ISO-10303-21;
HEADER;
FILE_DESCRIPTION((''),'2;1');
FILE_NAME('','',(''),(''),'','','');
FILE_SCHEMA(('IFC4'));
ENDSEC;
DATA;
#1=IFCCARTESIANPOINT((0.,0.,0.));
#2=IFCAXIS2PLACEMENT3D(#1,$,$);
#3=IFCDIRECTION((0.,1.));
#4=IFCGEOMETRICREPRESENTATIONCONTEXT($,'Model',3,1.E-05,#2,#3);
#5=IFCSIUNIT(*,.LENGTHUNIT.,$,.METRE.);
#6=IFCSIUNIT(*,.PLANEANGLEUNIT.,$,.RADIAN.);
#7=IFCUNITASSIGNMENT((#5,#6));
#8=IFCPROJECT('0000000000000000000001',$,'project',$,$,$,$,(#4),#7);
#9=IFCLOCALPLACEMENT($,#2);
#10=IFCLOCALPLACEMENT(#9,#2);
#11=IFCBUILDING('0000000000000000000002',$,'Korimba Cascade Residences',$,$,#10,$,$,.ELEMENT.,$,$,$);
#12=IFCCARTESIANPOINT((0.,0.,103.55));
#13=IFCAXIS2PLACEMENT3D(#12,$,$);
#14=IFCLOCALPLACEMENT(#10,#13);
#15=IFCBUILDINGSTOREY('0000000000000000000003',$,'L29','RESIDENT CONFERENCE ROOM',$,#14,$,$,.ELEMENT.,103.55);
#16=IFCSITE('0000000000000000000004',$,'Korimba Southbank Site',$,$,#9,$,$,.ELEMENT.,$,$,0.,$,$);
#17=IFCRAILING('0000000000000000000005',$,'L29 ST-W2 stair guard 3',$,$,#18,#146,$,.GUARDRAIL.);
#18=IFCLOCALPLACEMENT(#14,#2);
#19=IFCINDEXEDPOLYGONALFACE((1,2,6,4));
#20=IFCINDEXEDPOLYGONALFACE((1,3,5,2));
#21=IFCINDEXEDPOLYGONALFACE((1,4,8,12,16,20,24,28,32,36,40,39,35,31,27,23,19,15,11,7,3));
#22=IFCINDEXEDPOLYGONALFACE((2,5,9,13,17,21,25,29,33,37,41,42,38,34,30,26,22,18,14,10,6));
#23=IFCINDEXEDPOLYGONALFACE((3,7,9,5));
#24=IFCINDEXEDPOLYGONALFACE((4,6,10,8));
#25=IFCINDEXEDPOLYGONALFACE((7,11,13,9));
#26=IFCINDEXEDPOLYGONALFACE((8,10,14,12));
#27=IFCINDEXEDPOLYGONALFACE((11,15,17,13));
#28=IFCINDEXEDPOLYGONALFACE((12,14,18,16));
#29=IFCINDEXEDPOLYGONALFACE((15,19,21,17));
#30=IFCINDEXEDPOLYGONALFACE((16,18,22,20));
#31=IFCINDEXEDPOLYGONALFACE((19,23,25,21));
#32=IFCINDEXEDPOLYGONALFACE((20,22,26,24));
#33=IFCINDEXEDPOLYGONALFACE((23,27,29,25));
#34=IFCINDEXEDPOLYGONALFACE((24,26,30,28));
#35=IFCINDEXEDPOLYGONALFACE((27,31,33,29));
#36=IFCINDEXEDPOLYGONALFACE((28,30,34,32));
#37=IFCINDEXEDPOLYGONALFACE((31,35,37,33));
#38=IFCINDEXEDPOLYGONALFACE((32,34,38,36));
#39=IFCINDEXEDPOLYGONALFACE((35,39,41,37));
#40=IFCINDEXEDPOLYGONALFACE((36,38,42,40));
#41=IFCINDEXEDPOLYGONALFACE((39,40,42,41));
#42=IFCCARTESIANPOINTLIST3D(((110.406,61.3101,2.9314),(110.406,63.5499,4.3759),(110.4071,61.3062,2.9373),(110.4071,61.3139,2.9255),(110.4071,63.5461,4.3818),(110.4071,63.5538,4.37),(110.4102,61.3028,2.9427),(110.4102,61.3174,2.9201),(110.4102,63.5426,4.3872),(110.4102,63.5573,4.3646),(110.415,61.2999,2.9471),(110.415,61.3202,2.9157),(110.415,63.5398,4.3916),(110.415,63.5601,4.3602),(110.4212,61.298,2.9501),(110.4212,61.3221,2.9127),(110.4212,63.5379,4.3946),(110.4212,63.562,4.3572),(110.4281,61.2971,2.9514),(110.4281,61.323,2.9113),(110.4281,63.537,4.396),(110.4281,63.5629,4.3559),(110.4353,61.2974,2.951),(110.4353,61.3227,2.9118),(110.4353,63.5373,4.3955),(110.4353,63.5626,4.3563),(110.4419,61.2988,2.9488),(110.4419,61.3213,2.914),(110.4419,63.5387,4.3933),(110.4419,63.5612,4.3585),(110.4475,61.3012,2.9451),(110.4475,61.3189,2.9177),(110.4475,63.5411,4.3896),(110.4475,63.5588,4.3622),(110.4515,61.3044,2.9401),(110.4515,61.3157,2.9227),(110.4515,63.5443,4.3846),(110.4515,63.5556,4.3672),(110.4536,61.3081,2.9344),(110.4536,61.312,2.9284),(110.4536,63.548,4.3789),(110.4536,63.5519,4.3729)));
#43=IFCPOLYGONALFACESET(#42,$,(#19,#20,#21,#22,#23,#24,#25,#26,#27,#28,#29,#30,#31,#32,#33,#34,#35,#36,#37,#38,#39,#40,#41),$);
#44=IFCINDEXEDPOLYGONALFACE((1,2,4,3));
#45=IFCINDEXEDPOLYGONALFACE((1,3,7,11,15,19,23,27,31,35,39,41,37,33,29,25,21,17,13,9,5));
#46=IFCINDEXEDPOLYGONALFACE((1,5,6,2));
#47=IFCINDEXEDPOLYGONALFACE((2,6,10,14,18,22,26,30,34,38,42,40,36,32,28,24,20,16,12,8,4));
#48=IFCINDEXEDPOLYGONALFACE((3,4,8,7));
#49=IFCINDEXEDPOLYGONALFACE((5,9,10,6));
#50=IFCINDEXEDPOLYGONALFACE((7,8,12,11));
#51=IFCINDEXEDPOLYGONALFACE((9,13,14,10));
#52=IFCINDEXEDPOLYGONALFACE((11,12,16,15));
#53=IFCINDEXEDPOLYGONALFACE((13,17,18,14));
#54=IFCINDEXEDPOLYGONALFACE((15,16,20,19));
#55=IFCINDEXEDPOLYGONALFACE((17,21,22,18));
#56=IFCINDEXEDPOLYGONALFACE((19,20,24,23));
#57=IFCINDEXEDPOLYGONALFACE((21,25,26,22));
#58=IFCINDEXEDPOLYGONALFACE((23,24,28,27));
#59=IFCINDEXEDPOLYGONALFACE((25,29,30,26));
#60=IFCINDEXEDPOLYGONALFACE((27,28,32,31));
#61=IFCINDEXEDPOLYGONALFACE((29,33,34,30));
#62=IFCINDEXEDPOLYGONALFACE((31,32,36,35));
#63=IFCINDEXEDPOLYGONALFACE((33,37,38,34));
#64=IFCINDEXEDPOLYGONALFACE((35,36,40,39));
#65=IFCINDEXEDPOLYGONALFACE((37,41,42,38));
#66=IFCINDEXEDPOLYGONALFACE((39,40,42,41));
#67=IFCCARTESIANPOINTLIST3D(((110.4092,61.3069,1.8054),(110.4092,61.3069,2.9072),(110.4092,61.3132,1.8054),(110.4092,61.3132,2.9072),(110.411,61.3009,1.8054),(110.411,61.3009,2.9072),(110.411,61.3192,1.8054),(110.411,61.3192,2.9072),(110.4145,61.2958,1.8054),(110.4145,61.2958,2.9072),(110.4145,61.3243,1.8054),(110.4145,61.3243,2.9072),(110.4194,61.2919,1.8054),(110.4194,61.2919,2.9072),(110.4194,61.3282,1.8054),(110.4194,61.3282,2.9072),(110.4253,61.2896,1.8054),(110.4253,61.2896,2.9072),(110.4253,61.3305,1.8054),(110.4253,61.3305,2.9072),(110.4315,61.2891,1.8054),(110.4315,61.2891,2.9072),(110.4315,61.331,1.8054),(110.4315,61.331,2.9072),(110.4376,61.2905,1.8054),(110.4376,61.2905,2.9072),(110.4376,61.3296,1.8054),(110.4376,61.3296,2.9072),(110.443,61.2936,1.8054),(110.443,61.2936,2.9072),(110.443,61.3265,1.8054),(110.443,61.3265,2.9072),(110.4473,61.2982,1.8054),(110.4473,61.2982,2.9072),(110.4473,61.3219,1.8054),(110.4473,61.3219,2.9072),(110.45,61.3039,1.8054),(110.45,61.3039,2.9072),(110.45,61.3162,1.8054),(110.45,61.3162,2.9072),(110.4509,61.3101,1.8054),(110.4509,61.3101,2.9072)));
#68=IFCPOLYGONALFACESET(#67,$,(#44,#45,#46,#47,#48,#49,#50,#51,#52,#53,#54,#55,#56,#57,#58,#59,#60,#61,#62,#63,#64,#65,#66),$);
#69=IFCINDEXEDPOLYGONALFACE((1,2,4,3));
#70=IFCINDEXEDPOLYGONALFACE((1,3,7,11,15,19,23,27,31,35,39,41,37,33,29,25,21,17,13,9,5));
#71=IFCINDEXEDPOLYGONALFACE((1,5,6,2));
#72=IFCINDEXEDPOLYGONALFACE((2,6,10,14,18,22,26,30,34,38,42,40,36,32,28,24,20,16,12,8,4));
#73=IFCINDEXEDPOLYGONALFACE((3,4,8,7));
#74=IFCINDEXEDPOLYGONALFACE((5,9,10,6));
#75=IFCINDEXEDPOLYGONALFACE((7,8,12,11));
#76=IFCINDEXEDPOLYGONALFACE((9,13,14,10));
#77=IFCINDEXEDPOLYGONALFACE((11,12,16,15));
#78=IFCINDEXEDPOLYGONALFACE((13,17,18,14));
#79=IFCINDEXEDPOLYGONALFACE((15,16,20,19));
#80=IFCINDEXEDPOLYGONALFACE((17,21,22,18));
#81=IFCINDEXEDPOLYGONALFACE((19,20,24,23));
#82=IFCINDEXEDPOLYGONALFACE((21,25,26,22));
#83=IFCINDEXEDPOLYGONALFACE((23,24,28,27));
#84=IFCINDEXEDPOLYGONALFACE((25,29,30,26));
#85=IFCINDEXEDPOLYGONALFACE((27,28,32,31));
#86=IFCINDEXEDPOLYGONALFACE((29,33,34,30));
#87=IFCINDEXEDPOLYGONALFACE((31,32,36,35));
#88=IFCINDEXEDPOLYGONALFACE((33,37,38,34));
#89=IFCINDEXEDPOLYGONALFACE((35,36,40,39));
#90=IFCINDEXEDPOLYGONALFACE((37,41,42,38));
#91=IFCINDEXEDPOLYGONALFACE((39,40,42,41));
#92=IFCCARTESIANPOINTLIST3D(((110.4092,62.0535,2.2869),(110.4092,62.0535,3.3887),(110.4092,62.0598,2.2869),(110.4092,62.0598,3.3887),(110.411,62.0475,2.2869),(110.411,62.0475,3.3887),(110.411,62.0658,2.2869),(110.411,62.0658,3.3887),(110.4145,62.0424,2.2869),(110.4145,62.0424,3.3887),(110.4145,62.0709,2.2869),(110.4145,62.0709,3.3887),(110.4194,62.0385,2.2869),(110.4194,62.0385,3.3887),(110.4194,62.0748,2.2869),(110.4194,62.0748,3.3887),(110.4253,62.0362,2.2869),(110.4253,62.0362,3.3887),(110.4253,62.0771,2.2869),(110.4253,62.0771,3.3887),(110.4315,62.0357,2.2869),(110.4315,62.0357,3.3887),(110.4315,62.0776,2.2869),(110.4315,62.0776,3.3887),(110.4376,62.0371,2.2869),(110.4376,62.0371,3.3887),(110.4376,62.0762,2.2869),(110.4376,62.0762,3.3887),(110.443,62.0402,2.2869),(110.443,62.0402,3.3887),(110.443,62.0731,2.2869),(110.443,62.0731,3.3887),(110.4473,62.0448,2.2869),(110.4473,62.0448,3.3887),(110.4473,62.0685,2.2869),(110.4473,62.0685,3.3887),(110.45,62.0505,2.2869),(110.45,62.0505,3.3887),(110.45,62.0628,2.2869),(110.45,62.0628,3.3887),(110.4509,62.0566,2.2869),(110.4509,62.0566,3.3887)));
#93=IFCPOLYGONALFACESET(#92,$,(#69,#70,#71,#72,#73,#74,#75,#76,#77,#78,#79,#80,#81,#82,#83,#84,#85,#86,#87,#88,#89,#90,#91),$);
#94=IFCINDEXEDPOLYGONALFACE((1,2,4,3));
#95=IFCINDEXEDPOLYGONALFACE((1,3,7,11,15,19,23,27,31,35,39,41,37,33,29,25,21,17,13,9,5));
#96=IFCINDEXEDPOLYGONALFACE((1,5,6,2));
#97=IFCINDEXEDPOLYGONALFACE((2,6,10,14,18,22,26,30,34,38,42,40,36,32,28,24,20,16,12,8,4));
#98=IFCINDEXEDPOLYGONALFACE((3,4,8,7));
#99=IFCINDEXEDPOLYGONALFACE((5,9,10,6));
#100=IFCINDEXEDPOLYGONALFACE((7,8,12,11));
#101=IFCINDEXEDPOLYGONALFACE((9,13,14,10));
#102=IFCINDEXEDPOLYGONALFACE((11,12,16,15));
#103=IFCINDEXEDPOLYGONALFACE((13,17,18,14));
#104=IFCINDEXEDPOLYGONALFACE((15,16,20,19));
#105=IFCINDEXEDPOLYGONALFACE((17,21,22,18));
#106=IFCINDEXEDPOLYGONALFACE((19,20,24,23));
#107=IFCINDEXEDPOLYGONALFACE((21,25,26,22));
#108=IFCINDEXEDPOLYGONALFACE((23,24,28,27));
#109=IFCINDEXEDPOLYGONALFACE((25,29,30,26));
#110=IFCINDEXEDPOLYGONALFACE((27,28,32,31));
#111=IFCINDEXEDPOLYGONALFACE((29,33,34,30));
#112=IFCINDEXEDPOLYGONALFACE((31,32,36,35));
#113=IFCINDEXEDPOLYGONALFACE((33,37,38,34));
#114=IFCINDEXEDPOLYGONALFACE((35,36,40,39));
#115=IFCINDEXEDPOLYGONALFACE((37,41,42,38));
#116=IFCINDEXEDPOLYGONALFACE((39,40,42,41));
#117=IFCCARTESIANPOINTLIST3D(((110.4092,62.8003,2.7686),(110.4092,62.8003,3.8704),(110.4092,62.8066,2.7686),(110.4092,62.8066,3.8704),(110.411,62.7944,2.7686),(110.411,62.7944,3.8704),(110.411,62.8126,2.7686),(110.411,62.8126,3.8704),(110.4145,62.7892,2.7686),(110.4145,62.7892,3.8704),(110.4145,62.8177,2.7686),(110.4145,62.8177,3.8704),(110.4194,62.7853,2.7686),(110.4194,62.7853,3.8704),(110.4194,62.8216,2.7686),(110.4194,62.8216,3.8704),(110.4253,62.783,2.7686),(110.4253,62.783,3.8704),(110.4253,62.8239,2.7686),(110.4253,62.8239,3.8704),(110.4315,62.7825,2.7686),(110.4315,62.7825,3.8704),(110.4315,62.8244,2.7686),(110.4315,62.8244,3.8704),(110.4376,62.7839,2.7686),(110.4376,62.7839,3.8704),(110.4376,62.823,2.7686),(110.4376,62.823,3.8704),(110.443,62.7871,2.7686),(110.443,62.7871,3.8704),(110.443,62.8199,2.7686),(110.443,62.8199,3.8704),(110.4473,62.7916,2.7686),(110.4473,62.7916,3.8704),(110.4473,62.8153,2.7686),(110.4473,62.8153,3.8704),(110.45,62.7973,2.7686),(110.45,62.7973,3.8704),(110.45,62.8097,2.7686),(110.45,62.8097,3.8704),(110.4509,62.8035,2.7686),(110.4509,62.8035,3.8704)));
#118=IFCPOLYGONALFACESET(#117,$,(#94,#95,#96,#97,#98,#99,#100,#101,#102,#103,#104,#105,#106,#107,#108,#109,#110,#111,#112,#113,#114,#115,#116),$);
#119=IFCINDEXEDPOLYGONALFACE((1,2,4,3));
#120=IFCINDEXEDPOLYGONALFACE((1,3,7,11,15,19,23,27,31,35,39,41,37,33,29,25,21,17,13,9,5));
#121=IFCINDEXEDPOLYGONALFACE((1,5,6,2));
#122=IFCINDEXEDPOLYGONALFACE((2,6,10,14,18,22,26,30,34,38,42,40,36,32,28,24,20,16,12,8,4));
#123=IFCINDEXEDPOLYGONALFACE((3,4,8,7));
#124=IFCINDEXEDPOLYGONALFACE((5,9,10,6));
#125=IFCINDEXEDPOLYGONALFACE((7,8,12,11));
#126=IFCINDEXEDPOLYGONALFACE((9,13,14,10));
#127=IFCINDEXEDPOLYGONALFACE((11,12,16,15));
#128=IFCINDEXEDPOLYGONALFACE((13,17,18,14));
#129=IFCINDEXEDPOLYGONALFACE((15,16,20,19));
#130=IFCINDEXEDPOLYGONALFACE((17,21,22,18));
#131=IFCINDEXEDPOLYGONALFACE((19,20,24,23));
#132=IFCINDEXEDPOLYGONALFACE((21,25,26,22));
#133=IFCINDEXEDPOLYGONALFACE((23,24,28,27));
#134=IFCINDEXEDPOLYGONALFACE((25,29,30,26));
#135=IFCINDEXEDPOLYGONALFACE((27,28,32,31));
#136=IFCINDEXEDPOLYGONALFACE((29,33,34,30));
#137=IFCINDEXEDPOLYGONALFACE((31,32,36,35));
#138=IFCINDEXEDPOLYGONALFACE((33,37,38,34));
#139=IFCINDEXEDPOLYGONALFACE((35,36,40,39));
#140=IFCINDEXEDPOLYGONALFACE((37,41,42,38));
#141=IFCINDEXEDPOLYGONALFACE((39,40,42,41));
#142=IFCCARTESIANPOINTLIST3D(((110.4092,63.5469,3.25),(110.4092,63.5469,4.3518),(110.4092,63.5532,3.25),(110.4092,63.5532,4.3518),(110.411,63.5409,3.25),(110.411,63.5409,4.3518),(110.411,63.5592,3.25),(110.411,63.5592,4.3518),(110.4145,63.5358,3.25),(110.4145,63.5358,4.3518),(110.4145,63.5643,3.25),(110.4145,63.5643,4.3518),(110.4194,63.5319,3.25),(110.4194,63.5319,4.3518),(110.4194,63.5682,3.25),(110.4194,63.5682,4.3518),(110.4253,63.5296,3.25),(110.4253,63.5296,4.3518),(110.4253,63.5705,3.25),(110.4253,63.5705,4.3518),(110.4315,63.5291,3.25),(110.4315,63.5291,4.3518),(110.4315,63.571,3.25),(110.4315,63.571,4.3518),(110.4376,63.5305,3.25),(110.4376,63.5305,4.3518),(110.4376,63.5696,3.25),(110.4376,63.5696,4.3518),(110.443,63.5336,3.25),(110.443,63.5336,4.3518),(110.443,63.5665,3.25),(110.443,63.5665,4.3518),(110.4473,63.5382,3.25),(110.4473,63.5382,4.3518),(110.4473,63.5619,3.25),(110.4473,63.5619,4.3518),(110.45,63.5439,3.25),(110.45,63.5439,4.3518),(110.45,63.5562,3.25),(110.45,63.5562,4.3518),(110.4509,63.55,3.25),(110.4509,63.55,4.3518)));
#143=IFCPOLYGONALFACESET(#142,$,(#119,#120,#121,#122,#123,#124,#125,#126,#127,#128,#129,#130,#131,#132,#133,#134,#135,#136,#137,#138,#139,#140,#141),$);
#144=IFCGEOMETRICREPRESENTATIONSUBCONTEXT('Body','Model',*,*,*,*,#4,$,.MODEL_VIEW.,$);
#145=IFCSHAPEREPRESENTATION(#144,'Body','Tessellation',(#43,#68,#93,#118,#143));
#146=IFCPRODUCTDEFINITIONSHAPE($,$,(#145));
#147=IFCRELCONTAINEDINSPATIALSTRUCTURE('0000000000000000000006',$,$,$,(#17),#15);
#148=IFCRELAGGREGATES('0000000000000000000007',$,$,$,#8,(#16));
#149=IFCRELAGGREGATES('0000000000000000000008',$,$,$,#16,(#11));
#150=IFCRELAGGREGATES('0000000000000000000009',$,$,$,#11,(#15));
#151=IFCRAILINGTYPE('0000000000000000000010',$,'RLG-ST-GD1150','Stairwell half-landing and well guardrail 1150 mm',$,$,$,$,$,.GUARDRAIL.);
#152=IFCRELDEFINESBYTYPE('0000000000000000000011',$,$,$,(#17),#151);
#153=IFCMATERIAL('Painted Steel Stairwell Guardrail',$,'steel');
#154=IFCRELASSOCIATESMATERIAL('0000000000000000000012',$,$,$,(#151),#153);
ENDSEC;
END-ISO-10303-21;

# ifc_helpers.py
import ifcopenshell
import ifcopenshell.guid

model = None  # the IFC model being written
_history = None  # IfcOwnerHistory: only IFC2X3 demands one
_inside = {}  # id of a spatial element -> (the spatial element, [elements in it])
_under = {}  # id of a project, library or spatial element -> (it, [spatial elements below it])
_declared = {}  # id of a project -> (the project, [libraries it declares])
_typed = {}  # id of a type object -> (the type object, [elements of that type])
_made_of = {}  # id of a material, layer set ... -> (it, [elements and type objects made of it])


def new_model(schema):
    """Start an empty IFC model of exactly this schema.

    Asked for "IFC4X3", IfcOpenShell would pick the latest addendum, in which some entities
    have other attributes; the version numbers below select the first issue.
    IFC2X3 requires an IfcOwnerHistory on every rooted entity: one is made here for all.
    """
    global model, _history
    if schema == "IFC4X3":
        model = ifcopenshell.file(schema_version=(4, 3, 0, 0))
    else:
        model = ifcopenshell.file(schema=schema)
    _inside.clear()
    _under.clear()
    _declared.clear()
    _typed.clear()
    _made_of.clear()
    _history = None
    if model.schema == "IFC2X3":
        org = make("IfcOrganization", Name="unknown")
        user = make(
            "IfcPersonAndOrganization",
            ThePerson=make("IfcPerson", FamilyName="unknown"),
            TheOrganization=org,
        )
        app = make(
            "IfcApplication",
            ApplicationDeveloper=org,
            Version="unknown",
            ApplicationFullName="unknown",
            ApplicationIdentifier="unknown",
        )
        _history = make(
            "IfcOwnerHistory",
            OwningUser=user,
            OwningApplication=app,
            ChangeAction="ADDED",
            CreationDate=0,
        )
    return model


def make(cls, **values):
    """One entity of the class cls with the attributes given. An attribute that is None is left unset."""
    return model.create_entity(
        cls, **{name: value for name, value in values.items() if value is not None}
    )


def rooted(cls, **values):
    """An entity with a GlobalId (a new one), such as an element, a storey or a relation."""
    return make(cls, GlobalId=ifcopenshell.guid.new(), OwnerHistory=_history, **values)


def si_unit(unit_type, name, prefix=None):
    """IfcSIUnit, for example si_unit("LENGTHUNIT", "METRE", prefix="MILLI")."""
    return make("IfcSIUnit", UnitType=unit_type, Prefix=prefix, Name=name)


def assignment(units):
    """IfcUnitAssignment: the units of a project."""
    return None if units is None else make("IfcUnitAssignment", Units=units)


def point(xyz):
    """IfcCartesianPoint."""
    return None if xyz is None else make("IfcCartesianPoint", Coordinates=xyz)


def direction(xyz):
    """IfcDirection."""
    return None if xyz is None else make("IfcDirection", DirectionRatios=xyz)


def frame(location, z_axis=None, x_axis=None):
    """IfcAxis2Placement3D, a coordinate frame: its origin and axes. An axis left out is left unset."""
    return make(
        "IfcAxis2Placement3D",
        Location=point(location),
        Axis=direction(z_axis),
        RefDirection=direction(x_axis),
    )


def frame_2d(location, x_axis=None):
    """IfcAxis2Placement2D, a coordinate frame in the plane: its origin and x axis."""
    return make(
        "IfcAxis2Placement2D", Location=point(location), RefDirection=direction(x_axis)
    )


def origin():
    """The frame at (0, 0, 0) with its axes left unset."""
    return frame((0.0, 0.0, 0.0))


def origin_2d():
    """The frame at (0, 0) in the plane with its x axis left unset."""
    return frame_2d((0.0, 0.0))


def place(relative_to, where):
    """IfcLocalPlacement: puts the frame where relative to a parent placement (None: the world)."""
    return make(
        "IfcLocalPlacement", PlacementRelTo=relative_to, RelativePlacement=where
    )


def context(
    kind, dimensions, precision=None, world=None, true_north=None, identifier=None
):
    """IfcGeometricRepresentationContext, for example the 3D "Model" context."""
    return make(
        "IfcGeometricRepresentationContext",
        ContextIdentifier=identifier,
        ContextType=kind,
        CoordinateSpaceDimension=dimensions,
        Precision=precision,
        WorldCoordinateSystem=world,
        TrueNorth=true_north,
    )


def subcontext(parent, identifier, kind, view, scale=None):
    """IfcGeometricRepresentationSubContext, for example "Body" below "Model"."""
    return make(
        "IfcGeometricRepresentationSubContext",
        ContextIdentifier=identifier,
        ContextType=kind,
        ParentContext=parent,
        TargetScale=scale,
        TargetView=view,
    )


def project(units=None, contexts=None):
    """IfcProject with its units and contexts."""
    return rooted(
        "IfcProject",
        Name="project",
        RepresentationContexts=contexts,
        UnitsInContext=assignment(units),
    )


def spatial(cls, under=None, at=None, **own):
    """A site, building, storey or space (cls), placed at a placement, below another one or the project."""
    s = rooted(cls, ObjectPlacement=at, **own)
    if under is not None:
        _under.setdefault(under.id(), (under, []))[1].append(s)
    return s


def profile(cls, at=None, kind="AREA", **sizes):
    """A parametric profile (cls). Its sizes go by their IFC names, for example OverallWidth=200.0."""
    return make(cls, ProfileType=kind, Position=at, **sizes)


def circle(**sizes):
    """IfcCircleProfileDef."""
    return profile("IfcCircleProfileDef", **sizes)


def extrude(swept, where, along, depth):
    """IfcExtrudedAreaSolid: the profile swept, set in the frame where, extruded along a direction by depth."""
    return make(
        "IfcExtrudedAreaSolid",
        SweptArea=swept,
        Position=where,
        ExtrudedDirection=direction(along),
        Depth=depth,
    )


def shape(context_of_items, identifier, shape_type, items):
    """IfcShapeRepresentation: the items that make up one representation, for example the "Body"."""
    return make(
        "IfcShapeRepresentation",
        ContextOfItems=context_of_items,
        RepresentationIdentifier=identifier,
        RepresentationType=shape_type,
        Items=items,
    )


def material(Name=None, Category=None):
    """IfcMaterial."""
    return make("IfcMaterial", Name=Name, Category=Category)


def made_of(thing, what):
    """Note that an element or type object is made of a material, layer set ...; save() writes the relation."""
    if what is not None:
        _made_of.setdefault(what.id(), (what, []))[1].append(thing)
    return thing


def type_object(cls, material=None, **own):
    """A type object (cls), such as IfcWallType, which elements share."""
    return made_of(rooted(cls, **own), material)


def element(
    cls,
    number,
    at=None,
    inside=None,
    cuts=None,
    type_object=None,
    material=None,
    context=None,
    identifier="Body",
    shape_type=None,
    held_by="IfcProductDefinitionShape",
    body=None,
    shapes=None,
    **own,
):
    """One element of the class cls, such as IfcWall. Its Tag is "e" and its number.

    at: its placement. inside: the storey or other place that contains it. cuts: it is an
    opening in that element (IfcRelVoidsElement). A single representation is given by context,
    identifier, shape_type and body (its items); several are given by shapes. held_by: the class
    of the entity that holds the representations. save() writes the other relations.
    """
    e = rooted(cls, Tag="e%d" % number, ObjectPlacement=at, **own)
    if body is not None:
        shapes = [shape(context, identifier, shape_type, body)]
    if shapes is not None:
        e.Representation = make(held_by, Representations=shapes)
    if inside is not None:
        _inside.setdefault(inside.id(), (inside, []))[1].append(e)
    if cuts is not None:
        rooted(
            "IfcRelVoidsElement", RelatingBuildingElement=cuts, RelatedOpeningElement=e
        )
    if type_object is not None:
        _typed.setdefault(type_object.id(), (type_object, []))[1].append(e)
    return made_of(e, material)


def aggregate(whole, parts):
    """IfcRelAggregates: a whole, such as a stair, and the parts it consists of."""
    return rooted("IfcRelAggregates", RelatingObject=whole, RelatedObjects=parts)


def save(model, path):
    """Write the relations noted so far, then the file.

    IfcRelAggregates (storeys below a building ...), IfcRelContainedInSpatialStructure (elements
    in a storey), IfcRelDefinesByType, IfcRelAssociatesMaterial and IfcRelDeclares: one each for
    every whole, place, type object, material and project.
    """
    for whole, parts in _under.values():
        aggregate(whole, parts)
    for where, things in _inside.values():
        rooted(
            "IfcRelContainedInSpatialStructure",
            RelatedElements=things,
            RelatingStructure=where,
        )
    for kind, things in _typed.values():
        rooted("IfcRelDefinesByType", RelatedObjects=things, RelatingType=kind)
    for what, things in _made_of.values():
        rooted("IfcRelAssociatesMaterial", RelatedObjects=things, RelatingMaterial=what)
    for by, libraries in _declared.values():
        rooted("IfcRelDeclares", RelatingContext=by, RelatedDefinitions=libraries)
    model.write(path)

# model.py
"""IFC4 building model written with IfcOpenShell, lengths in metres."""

from ifc_helpers import new_model, si_unit, direction, frame, origin, origin_2d, place, context, subcontext, project, spatial, circle, extrude, material, type_object, element, save


model = new_model("IFC4")

# Units and contexts
model_context = context("Model", 3, precision=1e-05, world=origin(), true_north=direction((0.0, 1.0)))
body_context = subcontext(model_context, "Body", "Model", "MODEL_VIEW")
ifc_project = project(units=[si_unit("LENGTHUNIT", "METRE"), si_unit("PLANEANGLEUNIT", "RADIAN")], contexts=[model_context])

# Site, building, storey
site_placement = place(None, origin())
site = spatial("IfcSite", under=ifc_project, at=site_placement, Name="Korimba Southbank Site", CompositionType="ELEMENT", RefElevation=0.0)
building_placement = place(site_placement, origin())
building = spatial("IfcBuilding", under=site, at=building_placement, Name="Korimba Cascade Residences", CompositionType="ELEMENT")
storey_placement = place(building_placement, frame((0.0, 0.0, 103.55)))
storey = spatial("IfcBuildingStorey", under=building, at=storey_placement, Name="L29", Description="RESIDENT CONFERENCE ROOM", CompositionType="ELEMENT", Elevation=103.55)

# Railing
ifc_material_1 = material(Name="Painted Steel Stairwell Guardrail", Category="steel")
railing_type_1 = type_object("IfcRailingType", Name="RLG-ST-GD1150", Description="Stairwell half-landing and well guardrail 1150 mm", PredefinedType="GUARDRAIL", material=ifc_material_1)
railing_1_placement = place(storey_placement, frame((110.4299, 61.3101, 1.8054)))
element("IfcRailing", 1, at=railing_1_placement, inside=storey, type_object=railing_type_1, Name="L29 ST-W2 stair guard 3", PredefinedType="GUARDRAIL", context=body_context, shape_type="SweptSolid", body=[
    extrude(circle(Radius=0.0239, at=origin_2d()), frame((0.0, 0.0, 1.126), z_axis=(0.0, 0.840395, 0.541975), x_axis=(-1.0, 0.0, 0.0)), (0.0, 0.0, 1.0), 2.6653),
    extrude(circle(Radius=0.021, at=origin_2d()), origin(), (0.0, 0.0, 1.0), 1.1018),
    extrude(circle(Radius=0.021, at=origin_2d()), frame((0.0, 0.7466, 0.4814)), (0.0, 0.0, 1.0), 1.1018),
    extrude(circle(Radius=0.021, at=origin_2d()), frame((0.0, 1.4934, 0.9631)), (0.0, 0.0, 1.0), 1.1018),
    extrude(circle(Radius=0.021, at=origin_2d()), frame((0.0, 2.24, 1.4446)), (0.0, 0.0, 1.0), 1.1018),
])

save(model, "model.ifc")
